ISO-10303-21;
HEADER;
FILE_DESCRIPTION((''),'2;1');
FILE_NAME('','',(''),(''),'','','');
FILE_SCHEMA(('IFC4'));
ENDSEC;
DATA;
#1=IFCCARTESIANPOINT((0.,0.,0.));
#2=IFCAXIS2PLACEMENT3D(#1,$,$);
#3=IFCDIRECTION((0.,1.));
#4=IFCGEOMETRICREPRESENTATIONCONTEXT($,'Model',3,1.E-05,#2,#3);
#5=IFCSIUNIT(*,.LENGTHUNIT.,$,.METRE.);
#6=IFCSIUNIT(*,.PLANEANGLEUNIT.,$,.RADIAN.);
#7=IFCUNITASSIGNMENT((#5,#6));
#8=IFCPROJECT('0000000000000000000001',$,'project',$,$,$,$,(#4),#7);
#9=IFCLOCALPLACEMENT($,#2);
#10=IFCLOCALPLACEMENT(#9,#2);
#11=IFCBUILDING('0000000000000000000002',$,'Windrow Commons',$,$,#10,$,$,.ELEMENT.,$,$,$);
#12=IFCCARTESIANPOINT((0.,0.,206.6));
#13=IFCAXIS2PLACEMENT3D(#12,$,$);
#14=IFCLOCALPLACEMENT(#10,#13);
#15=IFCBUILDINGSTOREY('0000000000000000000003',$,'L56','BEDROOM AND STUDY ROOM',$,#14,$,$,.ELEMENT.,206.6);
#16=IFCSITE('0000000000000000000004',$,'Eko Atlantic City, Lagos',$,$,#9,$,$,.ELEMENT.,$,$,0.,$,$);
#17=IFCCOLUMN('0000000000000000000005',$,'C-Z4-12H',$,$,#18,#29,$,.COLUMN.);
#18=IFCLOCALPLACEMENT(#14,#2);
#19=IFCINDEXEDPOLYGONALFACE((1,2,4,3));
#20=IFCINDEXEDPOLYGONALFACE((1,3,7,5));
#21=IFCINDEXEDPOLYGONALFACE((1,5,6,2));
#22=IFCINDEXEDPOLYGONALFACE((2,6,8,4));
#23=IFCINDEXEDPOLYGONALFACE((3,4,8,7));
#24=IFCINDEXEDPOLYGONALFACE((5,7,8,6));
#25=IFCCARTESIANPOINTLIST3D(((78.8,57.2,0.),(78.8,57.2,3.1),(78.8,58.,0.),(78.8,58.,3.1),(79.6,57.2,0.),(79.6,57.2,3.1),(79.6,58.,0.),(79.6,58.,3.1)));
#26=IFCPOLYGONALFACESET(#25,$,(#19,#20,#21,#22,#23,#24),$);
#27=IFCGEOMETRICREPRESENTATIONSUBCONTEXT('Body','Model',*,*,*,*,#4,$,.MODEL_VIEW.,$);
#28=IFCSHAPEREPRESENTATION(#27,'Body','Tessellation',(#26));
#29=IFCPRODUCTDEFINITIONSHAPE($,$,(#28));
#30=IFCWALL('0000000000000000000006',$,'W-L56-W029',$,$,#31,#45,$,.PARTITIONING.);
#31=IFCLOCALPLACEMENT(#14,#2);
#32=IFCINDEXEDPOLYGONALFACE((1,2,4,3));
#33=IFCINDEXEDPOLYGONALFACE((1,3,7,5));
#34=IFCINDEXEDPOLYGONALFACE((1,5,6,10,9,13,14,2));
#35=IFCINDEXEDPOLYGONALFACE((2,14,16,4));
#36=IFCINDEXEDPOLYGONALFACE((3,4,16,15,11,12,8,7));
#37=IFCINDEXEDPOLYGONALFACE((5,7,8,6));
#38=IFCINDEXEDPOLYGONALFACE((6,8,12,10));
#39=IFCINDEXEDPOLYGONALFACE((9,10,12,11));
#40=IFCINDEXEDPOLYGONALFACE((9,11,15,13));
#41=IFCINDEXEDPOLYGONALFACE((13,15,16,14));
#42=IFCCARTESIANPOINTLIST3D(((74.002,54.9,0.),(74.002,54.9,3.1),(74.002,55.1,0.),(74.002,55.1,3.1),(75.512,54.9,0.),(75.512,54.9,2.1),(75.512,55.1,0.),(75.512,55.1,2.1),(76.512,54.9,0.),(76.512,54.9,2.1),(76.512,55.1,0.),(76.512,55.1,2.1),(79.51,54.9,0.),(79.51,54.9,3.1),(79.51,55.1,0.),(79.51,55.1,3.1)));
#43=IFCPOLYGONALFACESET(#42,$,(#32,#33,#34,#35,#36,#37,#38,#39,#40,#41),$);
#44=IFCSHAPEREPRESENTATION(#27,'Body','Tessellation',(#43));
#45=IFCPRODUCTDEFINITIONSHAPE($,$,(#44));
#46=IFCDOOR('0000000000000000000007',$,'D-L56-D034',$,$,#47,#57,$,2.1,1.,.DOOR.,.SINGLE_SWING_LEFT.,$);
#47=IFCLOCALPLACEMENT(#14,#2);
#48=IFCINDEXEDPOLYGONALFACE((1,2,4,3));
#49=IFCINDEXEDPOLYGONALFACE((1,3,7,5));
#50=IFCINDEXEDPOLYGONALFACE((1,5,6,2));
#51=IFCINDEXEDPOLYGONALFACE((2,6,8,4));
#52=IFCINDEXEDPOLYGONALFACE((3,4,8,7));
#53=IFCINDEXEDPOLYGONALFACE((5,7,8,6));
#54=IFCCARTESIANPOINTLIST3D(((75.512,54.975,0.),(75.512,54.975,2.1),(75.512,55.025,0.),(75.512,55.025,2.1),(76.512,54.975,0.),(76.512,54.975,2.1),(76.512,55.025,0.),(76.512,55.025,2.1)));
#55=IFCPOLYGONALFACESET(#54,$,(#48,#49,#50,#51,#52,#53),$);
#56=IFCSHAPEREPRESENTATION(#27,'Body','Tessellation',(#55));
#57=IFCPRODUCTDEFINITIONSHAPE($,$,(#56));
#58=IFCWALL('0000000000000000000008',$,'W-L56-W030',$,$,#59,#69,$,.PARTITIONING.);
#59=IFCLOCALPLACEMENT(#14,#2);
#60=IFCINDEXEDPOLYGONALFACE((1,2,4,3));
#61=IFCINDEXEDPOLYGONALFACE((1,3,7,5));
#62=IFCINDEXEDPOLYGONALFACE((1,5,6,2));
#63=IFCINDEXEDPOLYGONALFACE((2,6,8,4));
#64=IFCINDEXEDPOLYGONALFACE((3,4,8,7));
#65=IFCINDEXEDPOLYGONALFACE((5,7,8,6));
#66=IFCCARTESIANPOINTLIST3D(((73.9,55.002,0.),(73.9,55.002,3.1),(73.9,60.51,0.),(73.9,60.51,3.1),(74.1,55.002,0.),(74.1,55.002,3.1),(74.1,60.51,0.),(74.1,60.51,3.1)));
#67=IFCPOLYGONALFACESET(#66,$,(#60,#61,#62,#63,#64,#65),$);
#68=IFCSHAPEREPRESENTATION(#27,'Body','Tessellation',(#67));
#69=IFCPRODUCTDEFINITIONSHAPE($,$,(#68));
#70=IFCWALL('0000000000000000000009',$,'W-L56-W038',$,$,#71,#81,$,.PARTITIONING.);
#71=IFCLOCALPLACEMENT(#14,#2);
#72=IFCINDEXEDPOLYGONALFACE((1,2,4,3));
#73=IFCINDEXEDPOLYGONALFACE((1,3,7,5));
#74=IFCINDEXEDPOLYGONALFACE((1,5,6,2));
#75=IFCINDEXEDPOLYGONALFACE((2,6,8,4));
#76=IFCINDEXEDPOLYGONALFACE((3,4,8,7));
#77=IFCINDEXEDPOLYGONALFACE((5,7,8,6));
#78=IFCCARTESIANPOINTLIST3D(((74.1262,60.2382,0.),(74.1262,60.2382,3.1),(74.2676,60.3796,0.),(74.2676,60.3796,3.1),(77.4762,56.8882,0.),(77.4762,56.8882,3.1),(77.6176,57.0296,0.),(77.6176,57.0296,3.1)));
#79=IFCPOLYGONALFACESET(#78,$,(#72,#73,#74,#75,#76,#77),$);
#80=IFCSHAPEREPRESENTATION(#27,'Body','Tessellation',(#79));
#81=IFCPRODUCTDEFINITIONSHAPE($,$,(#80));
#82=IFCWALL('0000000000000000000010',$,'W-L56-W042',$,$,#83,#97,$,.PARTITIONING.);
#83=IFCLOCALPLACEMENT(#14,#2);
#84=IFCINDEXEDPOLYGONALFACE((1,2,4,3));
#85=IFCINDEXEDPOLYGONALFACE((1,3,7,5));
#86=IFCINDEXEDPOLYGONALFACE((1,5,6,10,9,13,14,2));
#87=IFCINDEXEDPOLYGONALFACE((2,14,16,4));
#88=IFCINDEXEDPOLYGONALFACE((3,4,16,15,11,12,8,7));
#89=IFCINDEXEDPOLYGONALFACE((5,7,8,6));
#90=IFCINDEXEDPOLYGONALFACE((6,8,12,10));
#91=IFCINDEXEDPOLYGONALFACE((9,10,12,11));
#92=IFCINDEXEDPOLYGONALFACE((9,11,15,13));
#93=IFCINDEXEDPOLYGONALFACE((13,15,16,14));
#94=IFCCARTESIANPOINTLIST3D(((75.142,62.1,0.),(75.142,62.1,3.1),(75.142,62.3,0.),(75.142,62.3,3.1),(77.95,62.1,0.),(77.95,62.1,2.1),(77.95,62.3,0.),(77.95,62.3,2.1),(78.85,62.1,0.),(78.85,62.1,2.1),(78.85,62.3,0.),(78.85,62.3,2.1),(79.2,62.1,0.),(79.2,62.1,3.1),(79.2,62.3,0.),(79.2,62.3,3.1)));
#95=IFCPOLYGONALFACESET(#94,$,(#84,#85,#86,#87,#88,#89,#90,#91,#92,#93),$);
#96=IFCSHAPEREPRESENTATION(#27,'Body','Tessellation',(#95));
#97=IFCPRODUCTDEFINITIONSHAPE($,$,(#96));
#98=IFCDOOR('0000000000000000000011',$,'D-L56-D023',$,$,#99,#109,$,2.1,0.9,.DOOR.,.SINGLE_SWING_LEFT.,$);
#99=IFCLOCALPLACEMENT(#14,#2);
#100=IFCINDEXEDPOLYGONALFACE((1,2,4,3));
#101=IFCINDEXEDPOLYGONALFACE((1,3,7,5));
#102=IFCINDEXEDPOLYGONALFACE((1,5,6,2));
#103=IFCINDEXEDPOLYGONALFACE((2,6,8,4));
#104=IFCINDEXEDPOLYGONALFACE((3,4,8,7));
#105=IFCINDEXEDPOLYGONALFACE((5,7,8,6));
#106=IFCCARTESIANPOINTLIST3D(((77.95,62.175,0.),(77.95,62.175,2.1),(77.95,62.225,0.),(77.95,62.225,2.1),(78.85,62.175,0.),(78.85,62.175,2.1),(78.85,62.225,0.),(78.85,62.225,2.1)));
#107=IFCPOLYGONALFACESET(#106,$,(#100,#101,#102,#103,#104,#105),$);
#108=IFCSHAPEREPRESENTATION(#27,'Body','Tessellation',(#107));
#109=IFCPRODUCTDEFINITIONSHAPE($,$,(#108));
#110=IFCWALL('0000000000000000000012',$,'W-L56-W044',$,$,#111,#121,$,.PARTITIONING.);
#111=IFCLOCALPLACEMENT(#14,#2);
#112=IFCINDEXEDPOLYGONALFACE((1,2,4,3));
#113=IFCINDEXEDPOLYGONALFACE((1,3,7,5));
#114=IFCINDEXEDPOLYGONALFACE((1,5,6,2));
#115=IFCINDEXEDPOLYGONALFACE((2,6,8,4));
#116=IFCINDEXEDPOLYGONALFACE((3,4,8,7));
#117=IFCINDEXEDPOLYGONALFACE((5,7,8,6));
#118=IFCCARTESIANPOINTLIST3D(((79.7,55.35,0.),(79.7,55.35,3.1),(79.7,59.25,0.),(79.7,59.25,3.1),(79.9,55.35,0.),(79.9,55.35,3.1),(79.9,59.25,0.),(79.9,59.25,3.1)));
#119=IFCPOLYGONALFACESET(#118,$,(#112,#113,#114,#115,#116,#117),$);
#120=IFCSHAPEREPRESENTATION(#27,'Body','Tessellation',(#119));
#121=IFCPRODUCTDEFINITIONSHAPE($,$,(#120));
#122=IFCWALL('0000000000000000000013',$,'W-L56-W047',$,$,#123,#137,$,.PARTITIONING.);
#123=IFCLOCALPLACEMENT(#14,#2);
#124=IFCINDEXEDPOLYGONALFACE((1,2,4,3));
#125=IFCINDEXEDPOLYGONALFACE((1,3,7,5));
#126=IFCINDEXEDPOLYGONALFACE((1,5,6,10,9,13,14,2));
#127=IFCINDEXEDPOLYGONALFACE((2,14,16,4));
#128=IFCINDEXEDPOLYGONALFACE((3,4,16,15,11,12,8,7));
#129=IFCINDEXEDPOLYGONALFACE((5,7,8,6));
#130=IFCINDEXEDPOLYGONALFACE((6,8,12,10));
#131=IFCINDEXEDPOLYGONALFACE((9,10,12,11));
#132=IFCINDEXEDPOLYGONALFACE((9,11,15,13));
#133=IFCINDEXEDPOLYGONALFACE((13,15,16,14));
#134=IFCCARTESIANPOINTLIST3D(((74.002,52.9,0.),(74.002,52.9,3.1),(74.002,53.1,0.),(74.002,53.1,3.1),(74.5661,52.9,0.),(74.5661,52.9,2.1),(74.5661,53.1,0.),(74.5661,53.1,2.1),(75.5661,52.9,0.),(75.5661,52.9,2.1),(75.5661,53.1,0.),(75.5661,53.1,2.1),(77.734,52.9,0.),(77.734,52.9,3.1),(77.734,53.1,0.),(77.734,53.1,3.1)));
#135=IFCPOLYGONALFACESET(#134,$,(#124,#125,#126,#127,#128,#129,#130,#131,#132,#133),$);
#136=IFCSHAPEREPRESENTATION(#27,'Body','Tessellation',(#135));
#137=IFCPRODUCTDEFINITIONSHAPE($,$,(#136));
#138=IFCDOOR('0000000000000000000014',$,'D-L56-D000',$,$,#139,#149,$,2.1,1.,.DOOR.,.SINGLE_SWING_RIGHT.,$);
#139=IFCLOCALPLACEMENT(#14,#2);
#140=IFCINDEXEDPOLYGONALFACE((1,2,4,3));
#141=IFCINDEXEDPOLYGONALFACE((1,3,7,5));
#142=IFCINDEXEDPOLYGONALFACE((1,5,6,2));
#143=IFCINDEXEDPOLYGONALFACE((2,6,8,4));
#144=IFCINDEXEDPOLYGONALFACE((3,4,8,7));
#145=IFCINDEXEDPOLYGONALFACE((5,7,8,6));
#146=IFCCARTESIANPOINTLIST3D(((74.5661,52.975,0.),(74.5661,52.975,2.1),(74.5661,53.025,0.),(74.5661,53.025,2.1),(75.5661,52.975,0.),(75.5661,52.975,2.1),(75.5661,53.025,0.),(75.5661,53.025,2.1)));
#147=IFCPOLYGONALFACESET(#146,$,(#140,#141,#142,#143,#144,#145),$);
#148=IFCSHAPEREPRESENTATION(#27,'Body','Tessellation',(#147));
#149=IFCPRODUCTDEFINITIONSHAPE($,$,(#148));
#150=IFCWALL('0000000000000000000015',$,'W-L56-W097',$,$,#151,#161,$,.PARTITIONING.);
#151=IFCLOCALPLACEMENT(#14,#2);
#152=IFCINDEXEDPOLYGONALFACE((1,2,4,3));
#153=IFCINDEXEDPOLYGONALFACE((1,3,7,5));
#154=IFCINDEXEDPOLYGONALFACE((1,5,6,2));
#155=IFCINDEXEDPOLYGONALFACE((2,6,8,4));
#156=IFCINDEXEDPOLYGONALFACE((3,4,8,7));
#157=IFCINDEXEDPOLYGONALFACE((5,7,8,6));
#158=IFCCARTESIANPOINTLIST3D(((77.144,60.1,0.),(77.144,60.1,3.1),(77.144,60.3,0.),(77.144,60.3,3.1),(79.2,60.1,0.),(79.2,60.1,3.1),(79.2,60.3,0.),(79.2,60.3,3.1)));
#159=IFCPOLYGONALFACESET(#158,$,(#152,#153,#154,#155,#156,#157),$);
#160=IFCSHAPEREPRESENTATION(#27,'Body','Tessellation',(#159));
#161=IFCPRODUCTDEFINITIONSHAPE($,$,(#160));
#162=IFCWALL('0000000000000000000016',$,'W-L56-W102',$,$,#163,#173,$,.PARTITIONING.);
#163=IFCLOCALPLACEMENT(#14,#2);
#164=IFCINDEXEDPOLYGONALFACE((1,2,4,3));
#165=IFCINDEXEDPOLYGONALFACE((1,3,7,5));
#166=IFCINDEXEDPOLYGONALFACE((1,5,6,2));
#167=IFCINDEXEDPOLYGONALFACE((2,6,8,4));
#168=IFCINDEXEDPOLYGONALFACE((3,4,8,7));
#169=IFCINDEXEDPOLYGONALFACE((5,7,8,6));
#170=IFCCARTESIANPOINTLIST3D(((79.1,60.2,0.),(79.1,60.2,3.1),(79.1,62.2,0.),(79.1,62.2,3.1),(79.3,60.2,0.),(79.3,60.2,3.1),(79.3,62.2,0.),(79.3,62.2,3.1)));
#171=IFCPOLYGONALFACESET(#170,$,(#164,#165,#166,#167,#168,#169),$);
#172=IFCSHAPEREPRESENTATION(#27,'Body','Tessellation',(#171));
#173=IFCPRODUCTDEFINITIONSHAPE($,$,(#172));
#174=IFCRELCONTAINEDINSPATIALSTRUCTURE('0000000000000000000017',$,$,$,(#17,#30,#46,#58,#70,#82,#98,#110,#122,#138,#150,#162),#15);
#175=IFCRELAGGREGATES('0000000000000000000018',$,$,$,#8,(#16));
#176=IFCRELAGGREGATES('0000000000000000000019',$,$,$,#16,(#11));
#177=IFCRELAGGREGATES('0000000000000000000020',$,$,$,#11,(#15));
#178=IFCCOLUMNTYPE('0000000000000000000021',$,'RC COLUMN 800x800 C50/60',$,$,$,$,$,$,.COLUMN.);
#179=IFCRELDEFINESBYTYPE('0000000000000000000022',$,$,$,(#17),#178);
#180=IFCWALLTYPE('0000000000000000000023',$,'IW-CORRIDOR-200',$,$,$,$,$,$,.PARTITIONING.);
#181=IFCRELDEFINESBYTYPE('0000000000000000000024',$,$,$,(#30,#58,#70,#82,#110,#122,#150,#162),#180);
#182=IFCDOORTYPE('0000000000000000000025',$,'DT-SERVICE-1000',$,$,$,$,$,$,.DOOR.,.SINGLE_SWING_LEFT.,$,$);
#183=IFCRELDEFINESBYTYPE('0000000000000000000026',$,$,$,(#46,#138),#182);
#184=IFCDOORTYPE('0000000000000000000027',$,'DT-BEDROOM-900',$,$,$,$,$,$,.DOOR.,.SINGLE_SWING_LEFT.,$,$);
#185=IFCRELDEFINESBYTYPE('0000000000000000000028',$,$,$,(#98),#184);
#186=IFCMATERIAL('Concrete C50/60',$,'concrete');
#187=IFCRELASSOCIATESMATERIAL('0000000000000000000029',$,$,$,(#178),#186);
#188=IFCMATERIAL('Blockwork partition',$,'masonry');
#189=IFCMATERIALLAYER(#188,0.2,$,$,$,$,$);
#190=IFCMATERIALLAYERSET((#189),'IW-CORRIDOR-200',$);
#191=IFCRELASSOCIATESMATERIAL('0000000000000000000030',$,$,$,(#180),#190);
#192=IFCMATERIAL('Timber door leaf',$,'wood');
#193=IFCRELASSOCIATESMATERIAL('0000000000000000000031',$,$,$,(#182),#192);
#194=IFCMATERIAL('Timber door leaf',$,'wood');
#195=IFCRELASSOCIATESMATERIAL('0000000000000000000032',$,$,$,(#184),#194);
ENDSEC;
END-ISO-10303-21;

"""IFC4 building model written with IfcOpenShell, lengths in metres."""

from ifc_helpers import new_model, si_unit, direction, frame, frame_2d, origin, origin_2d, place, context, subcontext, project, spatial, rectangle, extrude, material, layer, layer_set, material_profile, profile_set, type_object, element, fill, save


model = new_model("IFC4")

# Units and contexts
model_context = context("Model", 3, precision=1e-05, world=origin(), true_north=direction((0.0, 1.0)))
body_context = subcontext(model_context, "Body", "Model", "MODEL_VIEW")
ifc_project = project(units=[si_unit("LENGTHUNIT", "METRE"), si_unit("PLANEANGLEUNIT", "RADIAN")], contexts=[model_context])

# Site, building, storey
site_placement = place(None, origin())
site = spatial("IfcSite", under=ifc_project, at=site_placement, Name="Eko Atlantic City, Lagos", CompositionType="ELEMENT", RefElevation=0.0)
building_placement = place(site_placement, origin())
building = spatial("IfcBuilding", under=site, at=building_placement, Name="Windrow Commons", CompositionType="ELEMENT")
storey_placement = place(building_placement, frame((0.0, 0.0, 206.6)))
storey = spatial("IfcBuildingStorey", under=building, at=storey_placement, Name="L56", Description="BEDROOM AND STUDY ROOM", CompositionType="ELEMENT", Elevation=206.6)

# Column
ifc_material_1 = material(Name="Concrete C50/60", Category="concrete")
ifc_material_profile = material_profile(ifc_material_1, rectangle(XDim=0.8, YDim=0.8, at=origin_2d()))
ifc_profile_set = profile_set([ifc_material_profile], Name="Concrete C50/60")
column_type = type_object("IfcColumnType", Name="RC COLUMN 800x800 C50/60", PredefinedType="COLUMN", material=ifc_profile_set)
column_placement = place(storey_placement, frame((79.2, 57.6, 0.0), z_axis=(0.0, 0.0, 1.0), x_axis=(1.0, 0.0, 0.0)))
element("IfcColumn", 1, at=column_placement, inside=storey, type_object=column_type, Name="C-Z4-12H", PredefinedType="COLUMN", context=body_context, shape_type="SweptSolid", body=[
    extrude(rectangle(XDim=0.8, YDim=0.8, at=origin_2d()), origin(), (0.0, 0.0, 1.0), 3.1),
])

# Wall, opening, door
ifc_material_2 = material(Name="Blockwork partition", Category="masonry")
ifc_layer_1 = layer(ifc_material_2, 0.2)
ifc_layer_set_1 = layer_set([ifc_layer_1], Name="IW-CORRIDOR-200")
wall_type_1 = type_object("IfcWallType", Name="IW-CORRIDOR-200", PredefinedType="PARTITIONING", material=ifc_layer_set_1)
wall_1_placement = place(storey_placement, frame((74.002, 55.0, 0.0), z_axis=(0.0, 0.0, 1.0), x_axis=(1.0, 0.0, 0.0)))
wall_1 = element("IfcWall", 2, at=wall_1_placement, inside=storey, type_object=wall_type_1, Name="W-L56-W029", PredefinedType="PARTITIONING", context=body_context, shape_type="SweptSolid", body=[
    extrude(rectangle(XDim=5.508, YDim=0.2, at=frame_2d((2.754, 0.0))), origin(), (0.0, 0.0, 1.0), 3.1),
])
opening_1_placement = place(wall_1_placement, frame((1.51, 0.0, 0.0)))
opening_1 = element("IfcOpeningElement", 3, at=opening_1_placement, cuts=wall_1, PredefinedType="OPENING", context=body_context, shape_type="SweptSolid", body=[
    extrude(rectangle(XDim=1.0, YDim=2.1, at=frame_2d((0.5, 1.05))), frame((0.0, 0.11, 0.0), z_axis=(0.0, -1.0, 0.0), x_axis=(1.0, 0.0, 0.0)), (0.0, 0.0, 1.0), 0.22),
])
ifc_material_3 = material(Name="Timber door leaf", Category="wood")
door_type_1 = type_object("IfcDoorType", Name="DT-SERVICE-1000", OperationType="SINGLE_SWING_LEFT", PredefinedType="DOOR", material=ifc_material_3)
door_1_placement = place(opening_1_placement, origin())
door_1 = element("IfcDoor", 4, at=door_1_placement, inside=storey, type_object=door_type_1, Name="D-L56-D034", OperationType="SINGLE_SWING_LEFT", OverallHeight=2.1, OverallWidth=1.0, PredefinedType="DOOR", context=body_context, shape_type="SweptSolid", body=[
    extrude(rectangle(XDim=1.0, YDim=2.1, at=frame_2d((0.5, 1.05))), frame((0.0, 0.025, 0.0), z_axis=(0.0, -1.0, 0.0), x_axis=(1.0, 0.0, 0.0)), (0.0, 0.0, 1.0), 0.05),
])
fill(opening_1, door_1)

# Walls
wall_2_placement = place(storey_placement, frame((74.0, 55.002, 0.0), z_axis=(0.0, 0.0, 1.0), x_axis=(0.0, 1.0, 0.0)))
element("IfcWall", 5, at=wall_2_placement, inside=storey, type_object=wall_type_1, Name="W-L56-W030", PredefinedType="PARTITIONING", context=body_context, shape_type="SweptSolid", body=[
    extrude(rectangle(XDim=5.508, YDim=0.2, at=frame_2d((2.754, 0.0))), origin(), (0.0, 0.0, 1.0), 3.1),
])
wall_3_placement = place(storey_placement, frame((74.1969, 60.3089, 0.0), z_axis=(0.0, 0.0, 1.0), x_axis=(0.707107, -0.707107, 0.0)))
element("IfcWall", 6, at=wall_3_placement, inside=storey, type_object=wall_type_1, Name="W-L56-W038", PredefinedType="PARTITIONING", context=body_context, shape_type="SweptSolid", body=[
    extrude(rectangle(XDim=4.7376, YDim=0.2, at=frame_2d((2.3688, 0.0))), origin(), (0.0, 0.0, 1.0), 3.1),
])

# Wall, opening, door
wall_4_placement = place(storey_placement, frame((75.142, 62.2, 0.0), z_axis=(0.0, 0.0, 1.0), x_axis=(1.0, 0.0, 0.0)))
wall_4 = element("IfcWall", 7, at=wall_4_placement, inside=storey, type_object=wall_type_1, Name="W-L56-W042", PredefinedType="PARTITIONING", context=body_context, shape_type="SweptSolid", body=[
    extrude(rectangle(XDim=4.058, YDim=0.2, at=frame_2d((2.029, 0.0))), origin(), (0.0, 0.0, 1.0), 3.1),
])
opening_2_placement = place(wall_4_placement, frame((2.808, 0.0, 0.0)))
opening_2 = element("IfcOpeningElement", 8, at=opening_2_placement, cuts=wall_4, PredefinedType="OPENING", context=body_context, shape_type="SweptSolid", body=[
    extrude(rectangle(XDim=0.9, YDim=2.1, at=frame_2d((0.45, 1.05))), frame((0.0, 0.11, 0.0), z_axis=(0.0, -1.0, 0.0), x_axis=(1.0, 0.0, 0.0)), (0.0, 0.0, 1.0), 0.22),
])
ifc_material_4 = material(Name="Timber door leaf", Category="wood")
door_type_2 = type_object("IfcDoorType", Name="DT-BEDROOM-900", OperationType="SINGLE_SWING_LEFT", PredefinedType="DOOR", material=ifc_material_4)
door_2_placement = place(opening_2_placement, origin())
door_2 = element("IfcDoor", 9, at=door_2_placement, inside=storey, type_object=door_type_2, Name="D-L56-D023", OperationType="SINGLE_SWING_LEFT", OverallHeight=2.1, OverallWidth=0.9, PredefinedType="DOOR", context=body_context, shape_type="SweptSolid", body=[
    extrude(rectangle(XDim=0.9, YDim=2.1, at=frame_2d((0.45, 1.05))), frame((0.0, 0.025, 0.0), z_axis=(0.0, -1.0, 0.0), x_axis=(1.0, 0.0, 0.0)), (0.0, 0.0, 1.0), 0.05),
])
fill(opening_2, door_2)

# Wall
wall_5_placement = place(storey_placement, frame((79.8, 55.35, 0.0), z_axis=(0.0, 0.0, 1.0), x_axis=(0.0, 1.0, 0.0)))
element("IfcWall", 10, at=wall_5_placement, inside=storey, type_object=wall_type_1, Name="W-L56-W044", PredefinedType="PARTITIONING", context=body_context, shape_type="SweptSolid", body=[
    extrude(rectangle(XDim=3.9, YDim=0.2, at=frame_2d((1.95, 0.0))), origin(), (0.0, 0.0, 1.0), 3.1),
])

# Wall, opening, door
wall_6_placement = place(storey_placement, frame((74.002, 53.0, 0.0), z_axis=(0.0, 0.0, 1.0), x_axis=(1.0, 0.0, 0.0)))
wall_6 = element("IfcWall", 11, at=wall_6_placement, inside=storey, type_object=wall_type_1, Name="W-L56-W047", PredefinedType="PARTITIONING", context=body_context, shape_type="SweptSolid", body=[
    extrude(rectangle(XDim=3.732, YDim=0.2, at=frame_2d((1.866, 0.0))), origin(), (0.0, 0.0, 1.0), 3.1),
])
opening_3_placement = place(wall_6_placement, frame((0.5641, 0.0, 0.0)))
opening_3 = element("IfcOpeningElement", 12, at=opening_3_placement, cuts=wall_6, PredefinedType="OPENING", context=body_context, shape_type="SweptSolid", body=[
    extrude(rectangle(XDim=1.0, YDim=2.1, at=frame_2d((0.5, 1.05))), frame((0.0, 0.11, 0.0), z_axis=(0.0, -1.0, 0.0), x_axis=(1.0, 0.0, 0.0)), (0.0, 0.0, 1.0), 0.22),
])
door_3_placement = place(opening_3_placement, origin())
door_3 = element("IfcDoor", 13, at=door_3_placement, inside=storey, type_object=door_type_1, Name="D-L56-D000", OperationType="SINGLE_SWING_RIGHT", OverallHeight=2.1, OverallWidth=1.0, PredefinedType="DOOR", context=body_context, shape_type="SweptSolid", body=[
    extrude(rectangle(XDim=1.0, YDim=2.1, at=frame_2d((0.5, 1.05))), frame((0.0, 0.025, 0.0), z_axis=(0.0, -1.0, 0.0), x_axis=(1.0, 0.0, 0.0)), (0.0, 0.0, 1.0), 0.05),
])
fill(opening_3, door_3)

# Walls
wall_7_placement = place(storey_placement, frame((77.144, 60.2, 0.0), z_axis=(0.0, 0.0, 1.0), x_axis=(1.0, 0.0, 0.0)))
element("IfcWall", 14, at=wall_7_placement, inside=storey, type_object=wall_type_1, Name="W-L56-W097", PredefinedType="PARTITIONING", context=body_context, shape_type="SweptSolid", body=[
    extrude(rectangle(XDim=2.056, YDim=0.2, at=frame_2d((1.028, 0.0))), origin(), (0.0, 0.0, 1.0), 3.1),
])
wall_8_placement = place(storey_placement, frame((79.2, 60.2, 0.0), z_axis=(0.0, 0.0, 1.0), x_axis=(0.0, 1.0, 0.0)))
element("IfcWall", 15, at=wall_8_placement, inside=storey, type_object=wall_type_1, Name="W-L56-W102", PredefinedType="PARTITIONING", context=body_context, shape_type="SweptSolid", body=[
    extrude(rectangle(XDim=2.0, YDim=0.2, at=frame_2d((1.0, 0.0))), origin(), (0.0, 0.0, 1.0), 3.1),
])

save(model, "model.ifc")
